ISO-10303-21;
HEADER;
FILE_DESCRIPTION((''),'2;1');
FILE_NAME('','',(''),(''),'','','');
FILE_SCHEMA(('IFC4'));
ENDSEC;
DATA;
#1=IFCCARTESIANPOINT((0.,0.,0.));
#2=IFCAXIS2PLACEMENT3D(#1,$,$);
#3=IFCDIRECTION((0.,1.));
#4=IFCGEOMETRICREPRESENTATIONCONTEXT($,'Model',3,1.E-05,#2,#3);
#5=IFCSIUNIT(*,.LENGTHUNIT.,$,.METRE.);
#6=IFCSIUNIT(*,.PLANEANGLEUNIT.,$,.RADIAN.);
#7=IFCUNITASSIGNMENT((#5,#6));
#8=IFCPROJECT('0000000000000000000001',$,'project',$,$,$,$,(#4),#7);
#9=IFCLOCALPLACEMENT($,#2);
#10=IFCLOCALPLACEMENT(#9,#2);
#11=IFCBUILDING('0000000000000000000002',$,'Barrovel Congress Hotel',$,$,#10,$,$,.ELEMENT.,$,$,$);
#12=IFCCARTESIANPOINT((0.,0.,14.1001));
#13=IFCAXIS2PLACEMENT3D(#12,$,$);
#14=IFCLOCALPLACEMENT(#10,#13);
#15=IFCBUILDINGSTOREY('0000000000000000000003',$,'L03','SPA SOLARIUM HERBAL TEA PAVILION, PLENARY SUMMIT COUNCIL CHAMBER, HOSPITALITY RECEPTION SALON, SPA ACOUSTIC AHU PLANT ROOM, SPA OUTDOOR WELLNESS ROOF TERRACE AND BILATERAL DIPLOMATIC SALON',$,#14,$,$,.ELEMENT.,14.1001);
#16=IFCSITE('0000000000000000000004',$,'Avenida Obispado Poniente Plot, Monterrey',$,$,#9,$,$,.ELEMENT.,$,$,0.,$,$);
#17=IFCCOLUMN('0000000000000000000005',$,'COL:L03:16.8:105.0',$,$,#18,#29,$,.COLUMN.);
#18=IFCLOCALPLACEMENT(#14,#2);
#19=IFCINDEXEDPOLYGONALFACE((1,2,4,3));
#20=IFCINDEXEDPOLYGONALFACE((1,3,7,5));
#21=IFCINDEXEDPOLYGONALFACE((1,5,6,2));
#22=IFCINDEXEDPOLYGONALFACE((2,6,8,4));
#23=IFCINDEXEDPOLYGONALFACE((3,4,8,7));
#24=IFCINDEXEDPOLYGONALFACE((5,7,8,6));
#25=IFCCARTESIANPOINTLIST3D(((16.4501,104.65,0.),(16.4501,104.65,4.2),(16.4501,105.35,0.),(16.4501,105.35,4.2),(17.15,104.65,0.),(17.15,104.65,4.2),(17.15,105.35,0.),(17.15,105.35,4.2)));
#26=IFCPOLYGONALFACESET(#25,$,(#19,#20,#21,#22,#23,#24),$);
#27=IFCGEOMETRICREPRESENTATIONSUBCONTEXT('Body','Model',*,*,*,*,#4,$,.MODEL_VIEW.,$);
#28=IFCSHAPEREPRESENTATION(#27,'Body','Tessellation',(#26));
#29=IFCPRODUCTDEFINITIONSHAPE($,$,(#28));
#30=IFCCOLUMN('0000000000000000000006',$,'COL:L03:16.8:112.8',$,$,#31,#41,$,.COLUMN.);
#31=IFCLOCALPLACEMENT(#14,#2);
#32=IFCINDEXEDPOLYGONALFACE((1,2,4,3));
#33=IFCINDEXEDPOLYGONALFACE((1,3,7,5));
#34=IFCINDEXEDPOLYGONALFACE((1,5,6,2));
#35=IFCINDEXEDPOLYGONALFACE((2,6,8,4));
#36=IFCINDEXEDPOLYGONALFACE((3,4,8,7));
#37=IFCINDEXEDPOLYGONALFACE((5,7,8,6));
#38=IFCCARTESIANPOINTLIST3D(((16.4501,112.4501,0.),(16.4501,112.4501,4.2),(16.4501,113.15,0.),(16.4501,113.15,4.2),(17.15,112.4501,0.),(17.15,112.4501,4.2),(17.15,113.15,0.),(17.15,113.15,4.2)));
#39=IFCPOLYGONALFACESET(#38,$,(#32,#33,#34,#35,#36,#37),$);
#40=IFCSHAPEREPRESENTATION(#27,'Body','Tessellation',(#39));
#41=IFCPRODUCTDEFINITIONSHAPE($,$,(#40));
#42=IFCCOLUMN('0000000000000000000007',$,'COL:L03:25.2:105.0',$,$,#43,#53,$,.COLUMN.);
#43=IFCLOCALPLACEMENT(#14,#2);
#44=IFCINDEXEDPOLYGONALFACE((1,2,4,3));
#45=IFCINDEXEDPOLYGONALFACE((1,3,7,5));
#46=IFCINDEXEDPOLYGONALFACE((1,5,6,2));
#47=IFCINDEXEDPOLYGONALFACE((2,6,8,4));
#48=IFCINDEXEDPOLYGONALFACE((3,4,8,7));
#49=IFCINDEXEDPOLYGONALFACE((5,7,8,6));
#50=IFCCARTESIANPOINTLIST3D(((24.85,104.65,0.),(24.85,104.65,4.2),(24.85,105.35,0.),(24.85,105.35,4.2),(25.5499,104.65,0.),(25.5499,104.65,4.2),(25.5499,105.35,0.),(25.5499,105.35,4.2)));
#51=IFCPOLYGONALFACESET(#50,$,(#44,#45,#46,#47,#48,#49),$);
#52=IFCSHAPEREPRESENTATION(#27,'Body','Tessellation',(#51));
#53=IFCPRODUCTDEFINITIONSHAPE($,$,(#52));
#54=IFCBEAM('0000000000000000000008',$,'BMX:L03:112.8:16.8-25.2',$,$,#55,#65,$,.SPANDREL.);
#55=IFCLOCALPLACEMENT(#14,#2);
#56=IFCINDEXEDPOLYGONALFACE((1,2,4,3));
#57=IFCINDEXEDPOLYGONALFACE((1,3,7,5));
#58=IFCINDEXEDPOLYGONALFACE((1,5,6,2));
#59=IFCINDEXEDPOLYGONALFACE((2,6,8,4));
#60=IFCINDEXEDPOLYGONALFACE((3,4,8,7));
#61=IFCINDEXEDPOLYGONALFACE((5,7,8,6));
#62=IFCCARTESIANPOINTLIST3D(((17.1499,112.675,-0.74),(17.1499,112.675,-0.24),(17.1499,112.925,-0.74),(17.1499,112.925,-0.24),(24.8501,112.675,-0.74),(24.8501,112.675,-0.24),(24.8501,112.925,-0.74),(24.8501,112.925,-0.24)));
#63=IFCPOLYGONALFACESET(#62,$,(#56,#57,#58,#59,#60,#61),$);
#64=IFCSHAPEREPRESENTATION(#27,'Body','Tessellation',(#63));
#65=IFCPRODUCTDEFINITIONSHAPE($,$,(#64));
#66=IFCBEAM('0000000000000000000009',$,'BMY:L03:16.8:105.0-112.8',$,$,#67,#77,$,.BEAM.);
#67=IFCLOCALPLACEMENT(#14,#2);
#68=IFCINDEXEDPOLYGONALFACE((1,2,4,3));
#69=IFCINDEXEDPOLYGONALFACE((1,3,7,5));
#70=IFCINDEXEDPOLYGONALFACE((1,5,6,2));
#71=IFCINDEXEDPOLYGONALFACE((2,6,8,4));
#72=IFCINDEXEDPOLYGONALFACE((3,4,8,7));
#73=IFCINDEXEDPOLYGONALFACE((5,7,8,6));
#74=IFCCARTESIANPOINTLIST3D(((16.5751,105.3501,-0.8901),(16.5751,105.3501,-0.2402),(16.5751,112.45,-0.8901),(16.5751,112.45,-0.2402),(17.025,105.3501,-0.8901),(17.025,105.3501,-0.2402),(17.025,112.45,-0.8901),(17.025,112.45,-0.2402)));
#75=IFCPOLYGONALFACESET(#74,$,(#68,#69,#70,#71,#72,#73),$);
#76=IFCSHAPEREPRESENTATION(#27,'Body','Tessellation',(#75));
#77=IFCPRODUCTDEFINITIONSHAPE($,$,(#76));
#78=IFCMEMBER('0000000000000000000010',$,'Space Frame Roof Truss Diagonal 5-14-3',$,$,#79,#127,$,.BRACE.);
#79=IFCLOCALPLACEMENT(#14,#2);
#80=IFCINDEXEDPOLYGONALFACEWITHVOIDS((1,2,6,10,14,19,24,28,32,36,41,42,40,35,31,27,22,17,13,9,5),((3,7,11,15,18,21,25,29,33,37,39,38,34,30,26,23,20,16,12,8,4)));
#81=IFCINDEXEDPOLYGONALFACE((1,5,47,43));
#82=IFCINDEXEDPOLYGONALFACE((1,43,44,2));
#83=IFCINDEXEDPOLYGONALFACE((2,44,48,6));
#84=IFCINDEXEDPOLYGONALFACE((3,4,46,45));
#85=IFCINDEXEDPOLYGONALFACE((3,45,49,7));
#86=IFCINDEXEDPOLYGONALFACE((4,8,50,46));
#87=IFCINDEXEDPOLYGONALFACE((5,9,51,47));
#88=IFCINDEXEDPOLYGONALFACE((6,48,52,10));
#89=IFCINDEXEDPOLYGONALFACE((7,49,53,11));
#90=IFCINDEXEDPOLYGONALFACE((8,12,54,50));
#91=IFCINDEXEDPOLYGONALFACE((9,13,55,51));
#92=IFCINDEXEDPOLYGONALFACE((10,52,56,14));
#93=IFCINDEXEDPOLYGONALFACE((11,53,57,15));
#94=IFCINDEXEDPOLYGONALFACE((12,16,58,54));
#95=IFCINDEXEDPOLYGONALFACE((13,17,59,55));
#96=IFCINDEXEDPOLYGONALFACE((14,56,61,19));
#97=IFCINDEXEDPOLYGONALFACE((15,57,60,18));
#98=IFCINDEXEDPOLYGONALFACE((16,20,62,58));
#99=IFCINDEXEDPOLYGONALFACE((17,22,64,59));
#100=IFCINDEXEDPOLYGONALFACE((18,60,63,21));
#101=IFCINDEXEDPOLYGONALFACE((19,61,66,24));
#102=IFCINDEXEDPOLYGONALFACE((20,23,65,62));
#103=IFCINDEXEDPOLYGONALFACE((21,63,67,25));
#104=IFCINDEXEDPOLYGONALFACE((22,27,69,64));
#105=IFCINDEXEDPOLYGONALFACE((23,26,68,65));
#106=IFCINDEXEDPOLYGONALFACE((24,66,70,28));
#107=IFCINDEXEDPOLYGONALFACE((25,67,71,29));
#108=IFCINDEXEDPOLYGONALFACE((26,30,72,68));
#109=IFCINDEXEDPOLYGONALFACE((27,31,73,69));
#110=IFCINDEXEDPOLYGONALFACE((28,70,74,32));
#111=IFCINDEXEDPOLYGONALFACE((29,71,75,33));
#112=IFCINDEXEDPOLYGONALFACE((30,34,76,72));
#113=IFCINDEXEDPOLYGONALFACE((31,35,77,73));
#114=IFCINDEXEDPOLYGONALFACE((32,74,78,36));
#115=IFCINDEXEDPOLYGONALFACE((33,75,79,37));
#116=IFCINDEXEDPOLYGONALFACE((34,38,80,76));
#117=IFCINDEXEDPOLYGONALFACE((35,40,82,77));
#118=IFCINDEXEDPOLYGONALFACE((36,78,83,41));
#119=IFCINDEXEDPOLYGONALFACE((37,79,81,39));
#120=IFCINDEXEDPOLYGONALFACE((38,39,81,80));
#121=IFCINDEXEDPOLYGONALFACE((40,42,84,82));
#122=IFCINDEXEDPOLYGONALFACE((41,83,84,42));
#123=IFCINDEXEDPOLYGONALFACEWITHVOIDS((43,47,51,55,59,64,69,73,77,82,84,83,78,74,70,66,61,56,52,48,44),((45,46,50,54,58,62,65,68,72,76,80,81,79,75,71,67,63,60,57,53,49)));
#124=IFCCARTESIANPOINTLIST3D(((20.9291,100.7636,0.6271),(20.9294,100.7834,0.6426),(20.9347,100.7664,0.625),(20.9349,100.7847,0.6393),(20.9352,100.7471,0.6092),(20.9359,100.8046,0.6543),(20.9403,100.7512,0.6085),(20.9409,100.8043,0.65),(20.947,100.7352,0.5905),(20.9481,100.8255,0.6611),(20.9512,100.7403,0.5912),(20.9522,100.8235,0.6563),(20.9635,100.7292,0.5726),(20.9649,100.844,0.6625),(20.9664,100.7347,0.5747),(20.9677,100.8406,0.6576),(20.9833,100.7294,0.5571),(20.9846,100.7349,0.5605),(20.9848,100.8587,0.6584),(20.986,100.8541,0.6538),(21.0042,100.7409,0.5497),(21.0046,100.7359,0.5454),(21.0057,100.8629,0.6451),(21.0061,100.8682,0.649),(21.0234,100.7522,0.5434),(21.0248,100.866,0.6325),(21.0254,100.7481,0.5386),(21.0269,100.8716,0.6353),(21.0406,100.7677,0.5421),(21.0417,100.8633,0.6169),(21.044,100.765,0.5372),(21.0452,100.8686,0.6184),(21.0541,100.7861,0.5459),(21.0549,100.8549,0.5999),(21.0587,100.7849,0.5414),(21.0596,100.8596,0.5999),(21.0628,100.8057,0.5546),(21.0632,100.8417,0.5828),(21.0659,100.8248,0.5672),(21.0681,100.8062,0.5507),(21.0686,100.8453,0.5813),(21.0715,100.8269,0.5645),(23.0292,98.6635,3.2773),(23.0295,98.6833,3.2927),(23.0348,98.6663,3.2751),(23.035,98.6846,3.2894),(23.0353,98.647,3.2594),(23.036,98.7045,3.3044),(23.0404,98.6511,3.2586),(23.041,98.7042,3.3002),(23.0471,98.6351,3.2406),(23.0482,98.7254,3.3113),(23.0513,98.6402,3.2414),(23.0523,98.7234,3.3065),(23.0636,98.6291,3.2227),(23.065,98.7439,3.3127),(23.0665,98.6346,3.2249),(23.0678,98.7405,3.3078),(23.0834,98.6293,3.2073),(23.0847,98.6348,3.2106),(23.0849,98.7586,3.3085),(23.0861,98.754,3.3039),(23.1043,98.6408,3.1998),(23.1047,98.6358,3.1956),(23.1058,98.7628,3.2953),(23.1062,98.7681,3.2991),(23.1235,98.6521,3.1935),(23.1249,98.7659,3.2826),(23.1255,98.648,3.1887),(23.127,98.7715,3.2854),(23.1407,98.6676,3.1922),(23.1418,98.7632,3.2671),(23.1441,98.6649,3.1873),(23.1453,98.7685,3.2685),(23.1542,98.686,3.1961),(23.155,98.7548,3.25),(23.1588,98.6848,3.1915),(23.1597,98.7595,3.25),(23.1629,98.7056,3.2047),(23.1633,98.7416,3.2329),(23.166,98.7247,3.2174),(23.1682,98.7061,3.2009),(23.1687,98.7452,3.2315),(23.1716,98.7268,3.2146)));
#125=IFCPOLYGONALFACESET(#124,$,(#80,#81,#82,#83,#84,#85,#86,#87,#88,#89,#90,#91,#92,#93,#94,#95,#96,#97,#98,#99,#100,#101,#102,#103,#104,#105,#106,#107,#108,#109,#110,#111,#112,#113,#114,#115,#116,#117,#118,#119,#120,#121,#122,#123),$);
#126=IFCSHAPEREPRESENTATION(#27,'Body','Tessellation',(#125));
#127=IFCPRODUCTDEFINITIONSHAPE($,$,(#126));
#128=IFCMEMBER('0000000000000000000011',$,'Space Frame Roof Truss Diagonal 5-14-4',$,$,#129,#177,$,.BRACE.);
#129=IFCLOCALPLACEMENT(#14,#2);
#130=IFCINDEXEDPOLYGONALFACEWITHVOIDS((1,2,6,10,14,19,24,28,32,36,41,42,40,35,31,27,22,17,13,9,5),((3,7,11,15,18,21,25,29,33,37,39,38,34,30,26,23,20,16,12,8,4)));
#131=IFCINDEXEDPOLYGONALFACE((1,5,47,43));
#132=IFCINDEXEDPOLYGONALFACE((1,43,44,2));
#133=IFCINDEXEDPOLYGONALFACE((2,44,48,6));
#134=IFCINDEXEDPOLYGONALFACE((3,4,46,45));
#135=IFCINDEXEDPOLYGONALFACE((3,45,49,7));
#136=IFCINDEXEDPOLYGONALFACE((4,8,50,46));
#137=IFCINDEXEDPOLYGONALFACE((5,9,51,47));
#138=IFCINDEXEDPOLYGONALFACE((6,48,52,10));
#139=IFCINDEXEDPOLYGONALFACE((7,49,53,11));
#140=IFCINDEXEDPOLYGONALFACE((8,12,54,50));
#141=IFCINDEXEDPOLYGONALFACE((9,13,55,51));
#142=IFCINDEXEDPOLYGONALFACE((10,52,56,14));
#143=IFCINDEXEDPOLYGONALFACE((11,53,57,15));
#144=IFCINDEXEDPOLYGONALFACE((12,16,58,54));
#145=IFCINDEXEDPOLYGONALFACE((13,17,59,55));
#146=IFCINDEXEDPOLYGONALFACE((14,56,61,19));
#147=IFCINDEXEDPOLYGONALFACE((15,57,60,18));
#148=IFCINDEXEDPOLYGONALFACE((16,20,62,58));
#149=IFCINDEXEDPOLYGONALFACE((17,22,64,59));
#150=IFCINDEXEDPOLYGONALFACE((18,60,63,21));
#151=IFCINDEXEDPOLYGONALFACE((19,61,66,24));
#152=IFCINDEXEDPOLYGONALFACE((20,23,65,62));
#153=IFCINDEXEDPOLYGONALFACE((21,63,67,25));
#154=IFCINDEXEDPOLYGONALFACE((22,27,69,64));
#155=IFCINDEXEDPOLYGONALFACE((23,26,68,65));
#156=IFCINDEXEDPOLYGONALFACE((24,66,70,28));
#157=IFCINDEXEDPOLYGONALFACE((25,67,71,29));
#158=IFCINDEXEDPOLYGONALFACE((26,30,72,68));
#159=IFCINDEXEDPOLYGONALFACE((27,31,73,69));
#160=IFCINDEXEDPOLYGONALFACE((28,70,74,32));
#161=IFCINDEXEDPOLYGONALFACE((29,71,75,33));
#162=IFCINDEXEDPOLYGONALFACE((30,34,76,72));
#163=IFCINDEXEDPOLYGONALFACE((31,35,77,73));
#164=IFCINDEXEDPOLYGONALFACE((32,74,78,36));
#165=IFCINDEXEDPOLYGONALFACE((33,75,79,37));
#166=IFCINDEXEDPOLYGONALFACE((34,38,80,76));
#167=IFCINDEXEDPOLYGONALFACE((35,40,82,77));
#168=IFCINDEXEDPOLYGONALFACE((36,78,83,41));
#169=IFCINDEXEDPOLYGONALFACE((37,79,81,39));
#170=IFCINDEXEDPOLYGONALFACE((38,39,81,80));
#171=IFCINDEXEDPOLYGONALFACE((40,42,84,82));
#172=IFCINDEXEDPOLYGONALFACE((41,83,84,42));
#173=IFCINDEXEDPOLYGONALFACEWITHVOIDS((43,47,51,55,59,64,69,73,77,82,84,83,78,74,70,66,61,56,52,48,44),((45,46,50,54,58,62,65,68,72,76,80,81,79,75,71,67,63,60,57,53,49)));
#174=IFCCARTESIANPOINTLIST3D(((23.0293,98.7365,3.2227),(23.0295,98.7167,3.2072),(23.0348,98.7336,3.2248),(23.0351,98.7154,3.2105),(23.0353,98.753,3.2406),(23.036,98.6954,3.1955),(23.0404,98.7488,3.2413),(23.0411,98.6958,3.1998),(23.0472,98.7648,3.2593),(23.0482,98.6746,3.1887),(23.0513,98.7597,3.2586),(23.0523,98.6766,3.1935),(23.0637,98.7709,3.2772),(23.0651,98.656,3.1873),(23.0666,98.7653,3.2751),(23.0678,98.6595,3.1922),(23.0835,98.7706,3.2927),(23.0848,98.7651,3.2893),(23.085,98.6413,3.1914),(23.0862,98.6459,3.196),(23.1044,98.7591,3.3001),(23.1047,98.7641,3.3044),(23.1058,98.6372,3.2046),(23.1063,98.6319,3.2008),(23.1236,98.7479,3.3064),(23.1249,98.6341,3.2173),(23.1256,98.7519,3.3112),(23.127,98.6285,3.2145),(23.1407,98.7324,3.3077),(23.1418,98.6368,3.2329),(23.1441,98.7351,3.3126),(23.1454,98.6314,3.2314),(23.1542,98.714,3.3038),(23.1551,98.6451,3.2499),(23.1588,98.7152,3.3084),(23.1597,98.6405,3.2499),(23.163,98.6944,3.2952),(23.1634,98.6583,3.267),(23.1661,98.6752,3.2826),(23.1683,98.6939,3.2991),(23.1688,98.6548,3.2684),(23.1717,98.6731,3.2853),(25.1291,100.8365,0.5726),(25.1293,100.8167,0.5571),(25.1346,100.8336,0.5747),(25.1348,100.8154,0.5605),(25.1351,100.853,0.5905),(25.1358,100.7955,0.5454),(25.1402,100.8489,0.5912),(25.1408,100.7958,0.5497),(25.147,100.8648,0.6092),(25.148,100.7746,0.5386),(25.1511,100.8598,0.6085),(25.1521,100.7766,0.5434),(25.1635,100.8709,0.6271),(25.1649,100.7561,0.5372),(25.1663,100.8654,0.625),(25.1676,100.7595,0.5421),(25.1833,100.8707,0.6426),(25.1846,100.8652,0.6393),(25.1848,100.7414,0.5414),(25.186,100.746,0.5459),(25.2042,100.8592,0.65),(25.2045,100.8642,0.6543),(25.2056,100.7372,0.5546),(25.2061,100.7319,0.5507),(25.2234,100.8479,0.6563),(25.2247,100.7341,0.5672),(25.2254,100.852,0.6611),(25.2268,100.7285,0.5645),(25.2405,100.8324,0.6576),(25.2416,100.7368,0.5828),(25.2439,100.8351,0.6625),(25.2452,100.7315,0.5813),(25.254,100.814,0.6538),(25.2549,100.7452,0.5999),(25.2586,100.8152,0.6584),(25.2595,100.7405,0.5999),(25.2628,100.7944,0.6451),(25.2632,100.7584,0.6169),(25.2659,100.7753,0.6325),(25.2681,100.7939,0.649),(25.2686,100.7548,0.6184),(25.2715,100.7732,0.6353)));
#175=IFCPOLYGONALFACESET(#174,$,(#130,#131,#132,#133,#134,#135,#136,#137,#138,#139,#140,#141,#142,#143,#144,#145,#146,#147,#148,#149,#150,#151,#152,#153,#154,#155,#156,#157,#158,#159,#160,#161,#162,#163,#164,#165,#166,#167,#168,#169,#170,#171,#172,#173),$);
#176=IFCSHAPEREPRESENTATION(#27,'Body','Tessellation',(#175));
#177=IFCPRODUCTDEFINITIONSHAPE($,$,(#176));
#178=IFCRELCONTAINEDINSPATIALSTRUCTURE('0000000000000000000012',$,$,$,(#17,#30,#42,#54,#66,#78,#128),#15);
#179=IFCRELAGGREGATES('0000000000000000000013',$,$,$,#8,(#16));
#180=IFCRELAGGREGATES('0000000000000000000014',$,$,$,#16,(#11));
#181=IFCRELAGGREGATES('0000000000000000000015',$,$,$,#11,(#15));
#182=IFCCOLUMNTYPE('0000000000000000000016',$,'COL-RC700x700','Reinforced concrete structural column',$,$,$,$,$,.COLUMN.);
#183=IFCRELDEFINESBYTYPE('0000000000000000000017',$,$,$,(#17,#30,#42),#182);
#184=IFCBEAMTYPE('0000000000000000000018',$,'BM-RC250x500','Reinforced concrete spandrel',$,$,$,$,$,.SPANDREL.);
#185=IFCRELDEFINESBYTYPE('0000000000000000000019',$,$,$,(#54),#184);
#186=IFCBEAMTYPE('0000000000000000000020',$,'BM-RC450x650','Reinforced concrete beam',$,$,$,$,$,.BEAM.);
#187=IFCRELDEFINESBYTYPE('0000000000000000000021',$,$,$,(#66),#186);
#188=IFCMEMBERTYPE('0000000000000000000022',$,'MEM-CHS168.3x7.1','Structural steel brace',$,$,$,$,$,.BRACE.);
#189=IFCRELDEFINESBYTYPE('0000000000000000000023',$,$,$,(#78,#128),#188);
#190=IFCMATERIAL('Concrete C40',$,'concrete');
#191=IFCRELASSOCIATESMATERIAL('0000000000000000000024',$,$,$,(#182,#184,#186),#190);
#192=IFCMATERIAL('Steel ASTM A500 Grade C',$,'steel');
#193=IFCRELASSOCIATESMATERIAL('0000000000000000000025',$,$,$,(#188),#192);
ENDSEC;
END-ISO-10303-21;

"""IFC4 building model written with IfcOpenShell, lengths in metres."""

from ifc_helpers import new_model, si_unit, direction, frame, origin, origin_2d, place, context, subcontext, project, spatial, rectangle, hollow_circle, extrude, material, material_profile, profile_set, type_object, element, save


model = new_model("IFC4")

# Units and contexts
model_context = context("Model", 3, precision=1e-05, world=origin(), true_north=direction((0.0, 1.0)))
body_context = subcontext(model_context, "Body", "Model", "MODEL_VIEW")
ifc_project = project(units=[si_unit("LENGTHUNIT", "METRE"), si_unit("PLANEANGLEUNIT", "RADIAN")], contexts=[model_context])

# Site, building, storey
site_placement = place(None, origin())
site = spatial("IfcSite", under=ifc_project, at=site_placement, Name="Avenida Obispado Poniente Plot, Monterrey", CompositionType="ELEMENT", RefElevation=0.0)
building_placement = place(site_placement, origin())
building = spatial("IfcBuilding", under=site, at=building_placement, Name="Barrovel Congress Hotel", CompositionType="ELEMENT")
storey_placement = place(building_placement, frame((0.0, 0.0, 14.1001)))
storey = spatial("IfcBuildingStorey", under=building, at=storey_placement, Name="L03", Description="SPA SOLARIUM HERBAL TEA PAVILION, PLENARY SUMMIT COUNCIL CHAMBER, HOSPITALITY RECEPTION SALON, SPA ACOUSTIC AHU PLANT ROOM, SPA OUTDOOR WELLNESS ROOF TERRACE AND BILATERAL DIPLOMATIC SALON", CompositionType="ELEMENT", Elevation=14.1001)

# Columns
ifc_material_1 = material(Name="Concrete C40", Category="concrete")
ifc_material_profile_1 = material_profile(ifc_material_1, rectangle(XDim=0.7, YDim=0.7, at=origin_2d()), Name="RC700x700")
ifc_profile_set_1 = profile_set([ifc_material_profile_1], Name="Concrete C40")
column_type = type_object("IfcColumnType", Name="COL-RC700x700", Description="Reinforced concrete structural column", PredefinedType="COLUMN", material=ifc_profile_set_1)
for number, where, z_axis, x_axis, name in (
    (1, (16.8, 105.0, 0.0), (0.0, 0.0, 1.0), (1.0, 0.0, 0.0), "COL:L03:16.8:105.0"),
    (2, (16.8, 112.8, 0.0), (0.0, 0.0, 1.0), (1.0, 0.0, 0.0), "COL:L03:16.8:112.8"),
    (3, (25.2, 105.0, 0.0), (0.0, 0.0, 1.0), (1.0, 0.0, 0.0), "COL:L03:25.2:105.0"),
):
    element("IfcColumn", number, at=place(storey_placement, frame(where, z_axis=z_axis, x_axis=x_axis)), inside=storey, type_object=column_type, Name=name, PredefinedType="COLUMN", context=body_context, shape_type="SweptSolid", body=[
        extrude(rectangle(XDim=0.7, YDim=0.7, at=origin_2d()), origin(), (0.0, 0.0, 1.0), 4.2),
    ])

# Beams
ifc_material_profile_2 = material_profile(ifc_material_1, rectangle(XDim=0.25, YDim=0.5, at=origin_2d()), Name="RC250x500")
ifc_profile_set_2 = profile_set([ifc_material_profile_2], Name="Concrete C40")
beam_type_1 = type_object("IfcBeamType", Name="BM-RC250x500", Description="Reinforced concrete spandrel", PredefinedType="SPANDREL", material=ifc_profile_set_2)
beam_1_placement = place(storey_placement, frame((17.1499, 112.8, -0.49), z_axis=(1.0, 0.0, 0.0), x_axis=(0.0, 1.0, 0.0)))
element("IfcBeam", 4, at=beam_1_placement, inside=storey, type_object=beam_type_1, Name="BMX:L03:112.8:16.8-25.2", PredefinedType="SPANDREL", context=body_context, shape_type="SweptSolid", body=[
    extrude(rectangle(XDim=0.25, YDim=0.5, at=origin_2d()), origin(), (0.0, 0.0, 1.0), 7.7002),
])
ifc_material_profile_3 = material_profile(ifc_material_1, rectangle(XDim=0.45, YDim=0.6499, at=origin_2d()), Name="RC450x650")
ifc_profile_set_3 = profile_set([ifc_material_profile_3], Name="Concrete C40")
beam_type_2 = type_object("IfcBeamType", Name="BM-RC450x650", Description="Reinforced concrete beam", PredefinedType="BEAM", material=ifc_profile_set_3)
beam_2_placement = place(storey_placement, frame((16.8, 105.3501, -0.5652), z_axis=(0.0, 1.0, 0.0), x_axis=(-1.0, 0.0, 0.0)))
element("IfcBeam", 5, at=beam_2_placement, inside=storey, type_object=beam_type_2, Name="BMY:L03:16.8:105.0-112.8", PredefinedType="BEAM", context=body_context, shape_type="SweptSolid", body=[
    extrude(rectangle(XDim=0.45, YDim=0.6499, at=origin_2d()), origin(), (0.0, 0.0, 1.0), 7.0999),
])

# Members
ifc_material_2 = material(Name="Steel ASTM A500 Grade C", Category="steel")
ifc_material_profile_4 = material_profile(ifc_material_2, hollow_circle(Radius=0.0842, WallThickness=0.0066, at=origin_2d()), Name="CHS168.3x7.1")
ifc_profile_set_4 = profile_set([ifc_material_profile_4], Name="Steel ASTM A500 Grade C")
member_type_1 = type_object("IfcMemberType", Name="MEM-CHS168.3x7.1", Description="Structural steel brace", PredefinedType="BRACE", material=ifc_profile_set_4)
member_1_placement = place(storey_placement, frame((21.0, 100.8, 0.5999), z_axis=(0.527601, -0.527601, 0.665788), x_axis=(0.707107, 0.707107, 0.0)))
element("IfcMember", 6, at=member_1_placement, inside=storey, type_object=member_type_1, Name="Space Frame Roof Truss Diagonal 5-14-3", PredefinedType="BRACE", context=body_context, shape_type="SweptSolid", body=[
    extrude(hollow_circle(Radius=0.0842, WallThickness=0.0066, at=origin_2d()), origin(), (0.0, 0.0, 1.0), 3.9805),
])
member_2_placement = place(storey_placement, frame((25.2, 100.8, 0.5999), z_axis=(-0.527557, -0.527618, 0.66581), x_axis=(0.707148, -0.707066, 0.0)))
element("IfcMember", 7, at=member_2_placement, inside=storey, type_object=member_type_1, Name="Space Frame Roof Truss Diagonal 5-14-4", PredefinedType="BRACE", context=body_context, shape_type="SweptSolid", body=[
    extrude(hollow_circle(Radius=0.0842, WallThickness=0.0066, at=origin_2d()), origin(), (0.0, 0.0, 1.0), 3.9802),
])

save(model, "model.ifc")
